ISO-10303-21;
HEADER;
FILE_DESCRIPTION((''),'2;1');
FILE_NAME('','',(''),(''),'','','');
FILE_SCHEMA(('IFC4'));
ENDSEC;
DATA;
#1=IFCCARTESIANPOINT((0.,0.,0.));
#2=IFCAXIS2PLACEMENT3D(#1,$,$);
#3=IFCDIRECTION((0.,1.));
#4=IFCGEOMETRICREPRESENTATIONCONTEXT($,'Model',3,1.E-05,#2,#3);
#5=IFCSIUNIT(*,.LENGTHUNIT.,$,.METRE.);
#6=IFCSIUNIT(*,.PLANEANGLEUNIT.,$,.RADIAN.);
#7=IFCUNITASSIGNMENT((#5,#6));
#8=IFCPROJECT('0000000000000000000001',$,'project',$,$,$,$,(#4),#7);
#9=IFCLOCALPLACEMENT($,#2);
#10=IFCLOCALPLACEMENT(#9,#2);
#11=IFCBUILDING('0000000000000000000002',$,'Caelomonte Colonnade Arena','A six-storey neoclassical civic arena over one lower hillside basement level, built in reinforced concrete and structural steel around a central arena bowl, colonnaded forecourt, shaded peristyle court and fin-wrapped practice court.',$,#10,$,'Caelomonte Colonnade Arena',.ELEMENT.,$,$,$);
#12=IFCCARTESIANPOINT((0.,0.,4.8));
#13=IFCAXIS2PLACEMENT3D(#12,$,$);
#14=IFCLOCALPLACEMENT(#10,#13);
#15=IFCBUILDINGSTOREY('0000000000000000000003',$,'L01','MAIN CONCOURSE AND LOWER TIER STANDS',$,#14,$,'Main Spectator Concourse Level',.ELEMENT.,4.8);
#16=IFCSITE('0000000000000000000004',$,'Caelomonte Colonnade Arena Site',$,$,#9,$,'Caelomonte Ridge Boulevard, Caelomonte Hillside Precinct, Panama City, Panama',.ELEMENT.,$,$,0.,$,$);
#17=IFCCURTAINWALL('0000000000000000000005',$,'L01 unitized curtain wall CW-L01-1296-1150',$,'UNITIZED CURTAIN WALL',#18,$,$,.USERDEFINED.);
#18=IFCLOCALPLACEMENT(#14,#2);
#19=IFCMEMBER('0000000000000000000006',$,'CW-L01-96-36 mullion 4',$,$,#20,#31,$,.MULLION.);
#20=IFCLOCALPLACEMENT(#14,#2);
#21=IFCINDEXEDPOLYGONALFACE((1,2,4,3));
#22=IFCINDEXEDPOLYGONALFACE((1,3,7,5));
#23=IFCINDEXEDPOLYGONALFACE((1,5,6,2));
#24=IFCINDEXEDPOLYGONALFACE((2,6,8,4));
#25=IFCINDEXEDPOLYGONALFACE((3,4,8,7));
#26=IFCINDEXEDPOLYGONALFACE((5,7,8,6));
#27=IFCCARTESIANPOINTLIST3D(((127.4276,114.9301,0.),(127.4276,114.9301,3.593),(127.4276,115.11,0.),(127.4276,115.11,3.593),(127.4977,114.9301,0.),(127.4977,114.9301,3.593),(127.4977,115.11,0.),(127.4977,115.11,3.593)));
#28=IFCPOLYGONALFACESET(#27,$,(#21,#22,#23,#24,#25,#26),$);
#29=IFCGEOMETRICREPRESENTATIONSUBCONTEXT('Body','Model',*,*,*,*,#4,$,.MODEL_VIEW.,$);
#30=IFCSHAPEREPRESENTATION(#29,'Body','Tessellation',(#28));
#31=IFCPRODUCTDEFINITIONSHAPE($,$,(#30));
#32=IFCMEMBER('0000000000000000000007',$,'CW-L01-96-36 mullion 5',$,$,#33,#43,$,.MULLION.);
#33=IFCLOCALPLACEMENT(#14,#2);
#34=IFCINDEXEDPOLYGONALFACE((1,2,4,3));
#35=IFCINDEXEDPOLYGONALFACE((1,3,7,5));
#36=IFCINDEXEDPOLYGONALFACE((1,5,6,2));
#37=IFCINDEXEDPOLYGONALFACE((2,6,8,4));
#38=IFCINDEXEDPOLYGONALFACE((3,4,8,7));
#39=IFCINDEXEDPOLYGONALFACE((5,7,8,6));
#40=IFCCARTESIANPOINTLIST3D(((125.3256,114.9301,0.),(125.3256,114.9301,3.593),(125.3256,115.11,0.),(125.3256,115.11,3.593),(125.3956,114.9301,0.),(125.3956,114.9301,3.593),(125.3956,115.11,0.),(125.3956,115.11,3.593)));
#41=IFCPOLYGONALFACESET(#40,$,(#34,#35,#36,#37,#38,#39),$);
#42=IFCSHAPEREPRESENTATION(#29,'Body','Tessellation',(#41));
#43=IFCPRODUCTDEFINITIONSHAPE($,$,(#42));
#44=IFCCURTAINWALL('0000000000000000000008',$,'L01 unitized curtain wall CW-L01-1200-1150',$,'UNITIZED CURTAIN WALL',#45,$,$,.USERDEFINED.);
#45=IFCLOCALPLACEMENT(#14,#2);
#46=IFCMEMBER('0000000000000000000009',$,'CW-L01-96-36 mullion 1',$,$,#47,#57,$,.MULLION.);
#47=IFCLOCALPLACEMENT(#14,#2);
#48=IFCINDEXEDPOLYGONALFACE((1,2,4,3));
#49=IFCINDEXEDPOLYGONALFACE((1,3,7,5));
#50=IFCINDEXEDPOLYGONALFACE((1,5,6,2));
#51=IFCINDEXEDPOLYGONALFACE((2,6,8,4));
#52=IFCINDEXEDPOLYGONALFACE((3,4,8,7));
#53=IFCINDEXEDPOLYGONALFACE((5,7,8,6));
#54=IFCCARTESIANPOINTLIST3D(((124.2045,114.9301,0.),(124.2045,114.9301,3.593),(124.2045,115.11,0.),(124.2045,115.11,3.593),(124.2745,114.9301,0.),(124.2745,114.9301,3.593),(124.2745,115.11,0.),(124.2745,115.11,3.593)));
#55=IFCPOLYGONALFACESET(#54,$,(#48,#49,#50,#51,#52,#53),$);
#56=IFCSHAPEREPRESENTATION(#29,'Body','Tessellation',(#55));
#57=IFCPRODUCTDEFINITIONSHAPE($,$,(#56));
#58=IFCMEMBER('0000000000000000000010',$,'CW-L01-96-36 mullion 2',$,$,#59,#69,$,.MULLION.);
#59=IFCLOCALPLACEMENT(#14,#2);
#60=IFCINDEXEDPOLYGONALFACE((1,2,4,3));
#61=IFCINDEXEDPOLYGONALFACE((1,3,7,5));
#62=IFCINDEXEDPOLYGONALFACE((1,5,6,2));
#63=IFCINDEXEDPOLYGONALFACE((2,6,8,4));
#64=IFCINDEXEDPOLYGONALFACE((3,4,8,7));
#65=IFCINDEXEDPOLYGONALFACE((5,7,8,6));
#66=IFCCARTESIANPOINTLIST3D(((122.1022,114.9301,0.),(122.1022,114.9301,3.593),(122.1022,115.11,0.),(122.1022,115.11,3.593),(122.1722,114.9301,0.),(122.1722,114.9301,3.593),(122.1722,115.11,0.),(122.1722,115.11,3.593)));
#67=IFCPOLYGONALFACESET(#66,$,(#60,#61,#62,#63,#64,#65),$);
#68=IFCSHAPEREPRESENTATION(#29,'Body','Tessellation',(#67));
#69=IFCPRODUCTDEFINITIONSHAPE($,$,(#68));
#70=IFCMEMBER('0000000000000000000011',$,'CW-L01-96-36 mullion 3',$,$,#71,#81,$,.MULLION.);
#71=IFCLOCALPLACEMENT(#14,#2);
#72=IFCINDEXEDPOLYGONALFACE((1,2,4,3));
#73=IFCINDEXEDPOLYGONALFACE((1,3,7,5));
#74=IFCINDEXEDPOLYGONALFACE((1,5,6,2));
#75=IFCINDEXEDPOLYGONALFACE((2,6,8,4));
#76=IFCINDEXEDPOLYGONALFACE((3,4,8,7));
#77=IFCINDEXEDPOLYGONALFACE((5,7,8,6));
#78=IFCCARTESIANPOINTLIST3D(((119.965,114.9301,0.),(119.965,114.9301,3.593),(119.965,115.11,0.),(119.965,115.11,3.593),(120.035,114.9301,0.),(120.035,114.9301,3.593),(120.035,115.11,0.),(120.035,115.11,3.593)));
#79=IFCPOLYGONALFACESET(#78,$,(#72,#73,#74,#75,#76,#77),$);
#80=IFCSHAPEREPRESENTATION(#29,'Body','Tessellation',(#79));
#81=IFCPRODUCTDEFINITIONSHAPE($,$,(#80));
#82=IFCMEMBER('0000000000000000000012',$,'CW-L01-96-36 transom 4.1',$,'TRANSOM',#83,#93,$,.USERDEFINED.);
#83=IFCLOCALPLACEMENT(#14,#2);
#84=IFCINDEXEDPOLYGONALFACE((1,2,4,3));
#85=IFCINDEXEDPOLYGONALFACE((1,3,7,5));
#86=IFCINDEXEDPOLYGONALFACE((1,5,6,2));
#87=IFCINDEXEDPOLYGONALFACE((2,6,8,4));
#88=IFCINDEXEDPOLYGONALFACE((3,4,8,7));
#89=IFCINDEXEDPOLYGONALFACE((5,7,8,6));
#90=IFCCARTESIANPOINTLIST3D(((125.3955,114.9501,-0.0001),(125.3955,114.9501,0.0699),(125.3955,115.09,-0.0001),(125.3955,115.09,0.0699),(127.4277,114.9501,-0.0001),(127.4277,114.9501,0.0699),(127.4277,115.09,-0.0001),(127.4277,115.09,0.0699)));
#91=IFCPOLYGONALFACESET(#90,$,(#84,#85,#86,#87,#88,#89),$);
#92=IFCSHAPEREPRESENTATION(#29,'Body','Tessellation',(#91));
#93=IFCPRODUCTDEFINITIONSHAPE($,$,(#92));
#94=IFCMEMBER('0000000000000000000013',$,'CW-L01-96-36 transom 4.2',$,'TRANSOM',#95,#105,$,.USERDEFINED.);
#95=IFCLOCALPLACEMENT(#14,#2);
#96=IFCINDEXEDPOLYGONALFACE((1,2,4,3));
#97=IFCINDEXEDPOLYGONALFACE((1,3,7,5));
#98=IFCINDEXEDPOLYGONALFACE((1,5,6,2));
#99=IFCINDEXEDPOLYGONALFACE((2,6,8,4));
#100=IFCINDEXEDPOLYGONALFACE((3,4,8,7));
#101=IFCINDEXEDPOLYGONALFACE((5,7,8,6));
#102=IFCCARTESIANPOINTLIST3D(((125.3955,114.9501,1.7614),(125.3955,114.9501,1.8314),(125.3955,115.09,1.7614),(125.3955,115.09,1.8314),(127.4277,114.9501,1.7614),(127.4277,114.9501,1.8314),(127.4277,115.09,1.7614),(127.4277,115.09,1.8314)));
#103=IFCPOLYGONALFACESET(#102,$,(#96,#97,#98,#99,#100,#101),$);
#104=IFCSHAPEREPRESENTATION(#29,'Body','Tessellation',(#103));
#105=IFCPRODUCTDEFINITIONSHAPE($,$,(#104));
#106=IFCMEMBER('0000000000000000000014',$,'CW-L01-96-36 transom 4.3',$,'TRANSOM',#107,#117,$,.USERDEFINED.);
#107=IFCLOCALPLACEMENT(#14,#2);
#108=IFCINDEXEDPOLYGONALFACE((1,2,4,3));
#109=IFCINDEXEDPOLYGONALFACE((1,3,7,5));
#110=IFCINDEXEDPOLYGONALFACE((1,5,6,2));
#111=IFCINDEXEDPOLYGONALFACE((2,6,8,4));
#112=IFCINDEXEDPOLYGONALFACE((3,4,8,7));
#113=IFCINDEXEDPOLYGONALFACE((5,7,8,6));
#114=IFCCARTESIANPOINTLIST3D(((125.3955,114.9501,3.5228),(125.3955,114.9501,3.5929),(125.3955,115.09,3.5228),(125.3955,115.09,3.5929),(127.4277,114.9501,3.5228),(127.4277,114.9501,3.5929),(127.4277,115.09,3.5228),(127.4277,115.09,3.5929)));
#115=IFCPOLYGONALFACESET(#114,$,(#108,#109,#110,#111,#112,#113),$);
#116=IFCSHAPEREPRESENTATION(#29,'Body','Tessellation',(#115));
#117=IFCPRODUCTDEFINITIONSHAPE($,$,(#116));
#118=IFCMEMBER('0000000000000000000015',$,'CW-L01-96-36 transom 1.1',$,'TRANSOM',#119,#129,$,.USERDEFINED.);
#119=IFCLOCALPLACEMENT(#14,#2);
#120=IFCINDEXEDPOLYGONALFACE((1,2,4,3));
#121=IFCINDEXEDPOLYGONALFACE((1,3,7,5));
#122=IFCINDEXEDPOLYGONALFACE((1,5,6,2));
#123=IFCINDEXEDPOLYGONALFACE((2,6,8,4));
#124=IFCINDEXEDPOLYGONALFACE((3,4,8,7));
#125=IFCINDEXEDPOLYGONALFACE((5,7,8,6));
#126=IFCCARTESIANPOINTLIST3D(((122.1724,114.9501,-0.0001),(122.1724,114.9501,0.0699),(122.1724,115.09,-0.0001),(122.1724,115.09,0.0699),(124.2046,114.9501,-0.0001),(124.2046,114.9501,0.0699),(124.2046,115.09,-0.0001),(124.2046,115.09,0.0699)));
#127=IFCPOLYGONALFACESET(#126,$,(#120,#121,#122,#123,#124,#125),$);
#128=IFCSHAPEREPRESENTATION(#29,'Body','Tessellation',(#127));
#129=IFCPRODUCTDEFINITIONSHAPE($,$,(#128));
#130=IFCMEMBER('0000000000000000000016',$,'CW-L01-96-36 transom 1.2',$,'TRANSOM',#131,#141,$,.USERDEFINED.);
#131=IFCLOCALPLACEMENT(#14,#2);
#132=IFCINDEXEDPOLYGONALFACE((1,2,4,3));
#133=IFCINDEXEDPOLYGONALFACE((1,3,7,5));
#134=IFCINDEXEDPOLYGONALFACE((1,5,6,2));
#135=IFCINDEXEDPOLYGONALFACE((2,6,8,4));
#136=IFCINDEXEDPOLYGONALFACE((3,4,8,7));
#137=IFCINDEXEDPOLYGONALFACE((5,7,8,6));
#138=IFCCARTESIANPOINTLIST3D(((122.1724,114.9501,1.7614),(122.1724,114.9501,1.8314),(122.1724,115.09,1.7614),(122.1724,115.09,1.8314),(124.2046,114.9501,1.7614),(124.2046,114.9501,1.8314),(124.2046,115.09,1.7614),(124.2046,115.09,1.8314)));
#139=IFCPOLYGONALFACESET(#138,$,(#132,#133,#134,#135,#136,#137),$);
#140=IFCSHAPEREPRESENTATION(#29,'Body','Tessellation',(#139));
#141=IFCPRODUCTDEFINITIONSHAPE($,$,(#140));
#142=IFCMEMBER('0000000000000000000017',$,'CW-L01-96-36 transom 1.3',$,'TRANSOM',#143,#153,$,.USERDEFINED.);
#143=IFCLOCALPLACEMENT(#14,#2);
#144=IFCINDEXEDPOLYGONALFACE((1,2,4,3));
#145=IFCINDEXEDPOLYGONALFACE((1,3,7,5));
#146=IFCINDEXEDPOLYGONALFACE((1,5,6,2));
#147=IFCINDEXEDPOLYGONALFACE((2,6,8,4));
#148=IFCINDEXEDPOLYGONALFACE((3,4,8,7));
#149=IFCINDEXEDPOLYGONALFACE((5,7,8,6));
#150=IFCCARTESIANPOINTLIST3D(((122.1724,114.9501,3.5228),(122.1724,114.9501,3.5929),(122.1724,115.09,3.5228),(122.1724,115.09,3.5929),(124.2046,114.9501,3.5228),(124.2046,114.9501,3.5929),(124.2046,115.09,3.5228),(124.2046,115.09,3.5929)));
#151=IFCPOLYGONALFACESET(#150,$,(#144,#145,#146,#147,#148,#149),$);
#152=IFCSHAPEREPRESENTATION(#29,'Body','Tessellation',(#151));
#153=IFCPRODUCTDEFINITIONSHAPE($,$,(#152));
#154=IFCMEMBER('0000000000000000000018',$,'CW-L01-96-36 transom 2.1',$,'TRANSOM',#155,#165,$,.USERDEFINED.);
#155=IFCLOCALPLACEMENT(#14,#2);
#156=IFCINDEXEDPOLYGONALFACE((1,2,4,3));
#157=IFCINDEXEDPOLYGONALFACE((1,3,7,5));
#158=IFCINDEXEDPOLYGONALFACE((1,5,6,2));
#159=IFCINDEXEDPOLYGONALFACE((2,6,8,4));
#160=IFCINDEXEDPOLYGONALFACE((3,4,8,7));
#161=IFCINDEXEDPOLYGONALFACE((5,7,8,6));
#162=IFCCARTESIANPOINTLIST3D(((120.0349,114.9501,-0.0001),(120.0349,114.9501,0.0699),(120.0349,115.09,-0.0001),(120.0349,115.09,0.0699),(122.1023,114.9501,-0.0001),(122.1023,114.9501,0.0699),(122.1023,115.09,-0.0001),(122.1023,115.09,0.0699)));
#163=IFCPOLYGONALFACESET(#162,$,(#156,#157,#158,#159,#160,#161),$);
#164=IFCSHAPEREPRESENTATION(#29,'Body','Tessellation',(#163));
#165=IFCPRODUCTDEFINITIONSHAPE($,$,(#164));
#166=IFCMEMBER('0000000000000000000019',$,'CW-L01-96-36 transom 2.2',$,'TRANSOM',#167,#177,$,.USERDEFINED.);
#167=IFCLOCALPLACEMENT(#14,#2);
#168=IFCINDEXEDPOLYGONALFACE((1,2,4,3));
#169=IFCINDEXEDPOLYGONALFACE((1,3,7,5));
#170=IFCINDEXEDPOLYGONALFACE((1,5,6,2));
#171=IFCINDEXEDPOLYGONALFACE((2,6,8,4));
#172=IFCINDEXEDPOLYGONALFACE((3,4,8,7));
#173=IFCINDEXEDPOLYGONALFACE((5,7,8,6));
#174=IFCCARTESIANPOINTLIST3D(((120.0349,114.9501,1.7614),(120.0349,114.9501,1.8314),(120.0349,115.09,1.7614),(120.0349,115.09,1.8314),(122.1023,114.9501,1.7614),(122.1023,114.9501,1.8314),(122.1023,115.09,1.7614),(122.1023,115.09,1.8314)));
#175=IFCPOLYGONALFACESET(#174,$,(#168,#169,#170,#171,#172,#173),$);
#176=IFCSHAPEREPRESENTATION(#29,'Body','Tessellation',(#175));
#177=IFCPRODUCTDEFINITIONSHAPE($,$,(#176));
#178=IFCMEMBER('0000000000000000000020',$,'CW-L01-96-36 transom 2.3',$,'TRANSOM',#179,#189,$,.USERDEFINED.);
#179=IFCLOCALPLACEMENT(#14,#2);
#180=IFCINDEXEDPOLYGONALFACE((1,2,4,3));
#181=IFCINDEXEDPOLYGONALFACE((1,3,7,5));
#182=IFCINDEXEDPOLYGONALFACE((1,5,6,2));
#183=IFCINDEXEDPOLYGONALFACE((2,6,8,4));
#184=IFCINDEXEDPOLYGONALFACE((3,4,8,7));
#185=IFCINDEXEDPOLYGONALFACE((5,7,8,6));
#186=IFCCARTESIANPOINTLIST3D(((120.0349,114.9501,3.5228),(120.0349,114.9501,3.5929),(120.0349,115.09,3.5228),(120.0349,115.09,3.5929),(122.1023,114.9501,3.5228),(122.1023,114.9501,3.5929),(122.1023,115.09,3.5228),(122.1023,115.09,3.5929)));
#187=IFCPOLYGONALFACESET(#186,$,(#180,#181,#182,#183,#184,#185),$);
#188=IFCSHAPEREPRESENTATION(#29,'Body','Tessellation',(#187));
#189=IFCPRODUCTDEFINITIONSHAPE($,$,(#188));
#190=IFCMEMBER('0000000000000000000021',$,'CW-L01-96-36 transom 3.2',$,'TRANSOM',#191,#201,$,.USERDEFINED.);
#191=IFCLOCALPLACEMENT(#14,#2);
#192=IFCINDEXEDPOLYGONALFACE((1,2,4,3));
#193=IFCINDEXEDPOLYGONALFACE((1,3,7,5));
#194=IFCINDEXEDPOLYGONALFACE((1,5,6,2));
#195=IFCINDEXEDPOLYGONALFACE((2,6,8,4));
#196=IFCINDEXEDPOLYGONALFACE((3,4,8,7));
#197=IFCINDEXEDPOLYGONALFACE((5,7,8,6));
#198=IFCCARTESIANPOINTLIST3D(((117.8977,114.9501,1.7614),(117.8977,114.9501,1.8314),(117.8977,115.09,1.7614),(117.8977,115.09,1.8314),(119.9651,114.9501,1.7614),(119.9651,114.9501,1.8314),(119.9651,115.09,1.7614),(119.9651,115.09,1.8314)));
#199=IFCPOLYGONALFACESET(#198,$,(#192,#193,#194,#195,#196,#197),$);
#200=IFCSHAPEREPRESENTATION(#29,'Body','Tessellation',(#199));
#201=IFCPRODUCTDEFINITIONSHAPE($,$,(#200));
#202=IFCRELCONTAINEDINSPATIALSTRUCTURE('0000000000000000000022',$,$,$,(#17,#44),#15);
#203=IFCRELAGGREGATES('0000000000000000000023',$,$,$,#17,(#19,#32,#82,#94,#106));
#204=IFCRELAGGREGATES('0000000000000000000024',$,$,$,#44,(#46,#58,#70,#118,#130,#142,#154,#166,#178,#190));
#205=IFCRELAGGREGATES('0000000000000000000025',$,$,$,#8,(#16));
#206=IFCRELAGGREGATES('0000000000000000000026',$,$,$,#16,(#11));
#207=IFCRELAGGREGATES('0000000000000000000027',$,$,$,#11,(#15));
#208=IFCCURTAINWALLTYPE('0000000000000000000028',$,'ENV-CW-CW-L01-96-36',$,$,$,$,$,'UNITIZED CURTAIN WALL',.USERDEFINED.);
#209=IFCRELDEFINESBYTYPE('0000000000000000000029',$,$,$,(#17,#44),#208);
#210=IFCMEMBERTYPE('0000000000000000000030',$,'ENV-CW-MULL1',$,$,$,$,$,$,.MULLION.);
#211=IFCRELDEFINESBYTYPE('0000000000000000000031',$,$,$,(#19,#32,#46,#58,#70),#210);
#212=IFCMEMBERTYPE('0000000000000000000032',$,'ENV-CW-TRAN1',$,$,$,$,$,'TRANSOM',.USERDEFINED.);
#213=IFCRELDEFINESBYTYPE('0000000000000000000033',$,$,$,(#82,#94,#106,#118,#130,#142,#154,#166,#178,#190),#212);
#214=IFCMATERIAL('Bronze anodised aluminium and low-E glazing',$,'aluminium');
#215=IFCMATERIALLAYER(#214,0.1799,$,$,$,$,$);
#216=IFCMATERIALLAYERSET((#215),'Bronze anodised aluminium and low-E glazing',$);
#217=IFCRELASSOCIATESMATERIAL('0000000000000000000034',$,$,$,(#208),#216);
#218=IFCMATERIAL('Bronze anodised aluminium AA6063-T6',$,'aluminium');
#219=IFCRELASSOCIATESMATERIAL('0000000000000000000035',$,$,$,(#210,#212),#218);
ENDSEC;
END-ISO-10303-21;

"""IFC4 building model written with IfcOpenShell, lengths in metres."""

from ifc_helpers import new_model, si_unit, direction, frame, origin, origin_2d, place, context, subcontext, project, spatial, rectangle, extrude, material, layer, layer_set, material_profile, profile_set, type_object, element, aggregate, save


model = new_model("IFC4")

# Units and contexts
model_context = context("Model", 3, precision=1e-05, world=origin(), true_north=direction((0.0, 1.0)))
body_context = subcontext(model_context, "Body", "Model", "MODEL_VIEW")
ifc_project = project(units=[si_unit("LENGTHUNIT", "METRE"), si_unit("PLANEANGLEUNIT", "RADIAN")], contexts=[model_context])

# Site, building, storey
site_placement = place(None, origin())
site = spatial("IfcSite", under=ifc_project, at=site_placement, Name="Caelomonte Colonnade Arena Site", LongName="Caelomonte Ridge Boulevard, Caelomonte Hillside Precinct, Panama City, Panama", CompositionType="ELEMENT", RefElevation=0.0)
building_placement = place(site_placement, origin())
building = spatial("IfcBuilding", under=site, at=building_placement, Name="Caelomonte Colonnade Arena", Description="A six-storey neoclassical civic arena over one lower hillside basement level, built in reinforced concrete and structural steel around a central arena bowl, colonnaded forecourt, shaded peristyle court and fin-wrapped practice court.", LongName="Caelomonte Colonnade Arena", CompositionType="ELEMENT")
storey_placement = place(building_placement, frame((0.0, 0.0, 4.8)))
storey = spatial("IfcBuildingStorey", under=building, at=storey_placement, Name="L01", Description="MAIN CONCOURSE AND LOWER TIER STANDS", LongName="Main Spectator Concourse Level", CompositionType="ELEMENT", Elevation=4.8)

# Curtain walls, members
ifc_material_1 = material(Name="Bronze anodised aluminium and low-E glazing", Category="aluminium")
ifc_layer_1 = layer(ifc_material_1, 0.1799)
ifc_layer_set_1 = layer_set([ifc_layer_1], Name="Bronze anodised aluminium and low-E glazing")
curtain_wall_type = type_object("IfcCurtainWallType", Name="ENV-CW-CW-L01-96-36", ElementType="UNITIZED CURTAIN WALL", PredefinedType="USERDEFINED", material=ifc_layer_set_1)
curtain_wall_1_placement = place(storey_placement, origin())
curtain_wall_1 = element("IfcCurtainWall", 1, at=curtain_wall_1_placement, inside=storey, type_object=curtain_wall_type, Name="L01 unitized curtain wall CW-L01-1296-1150", ObjectType="UNITIZED CURTAIN WALL", PredefinedType="USERDEFINED")
ifc_material_2 = material(Name="Bronze anodised aluminium AA6063-T6", Category="aluminium")
ifc_material_profile_1 = material_profile(ifc_material_2, rectangle(XDim=0.0701, YDim=0.1799, at=origin_2d()), Name="CWM-70X180")
ifc_profile_set_1 = profile_set([ifc_material_profile_1], Name="Bronze anodised aluminium AA6063-T6")
member_type_1 = type_object("IfcMemberType", Name="ENV-CW-MULL1", PredefinedType="MULLION", material=ifc_profile_set_1)
member_1_placement = place(storey_placement, frame((127.4626, 115.02, 0.0), z_axis=(0.0, 0.0, 1.0), x_axis=(-1.0, 0.0, 0.0)))
member_1 = element("IfcMember", 2, at=member_1_placement, type_object=member_type_1, Name="CW-L01-96-36 mullion 4", PredefinedType="MULLION", context=body_context, shape_type="SweptSolid", body=[
    extrude(rectangle(XDim=0.0701, YDim=0.1799, at=origin_2d()), origin(), (0.0, 0.0, 1.0), 3.593),
])
member_2_placement = place(storey_placement, frame((125.3606, 115.02, 0.0), z_axis=(0.0, 0.0, 1.0), x_axis=(-1.0, 0.0, 0.0)))
member_2 = element("IfcMember", 3, at=member_2_placement, type_object=member_type_1, Name="CW-L01-96-36 mullion 5", PredefinedType="MULLION", context=body_context, shape_type="SweptSolid", body=[
    extrude(rectangle(XDim=0.0701, YDim=0.1799, at=origin_2d()), origin(), (0.0, 0.0, 1.0), 3.593),
])
curtain_wall_2_placement = place(storey_placement, origin())
curtain_wall_2 = element("IfcCurtainWall", 4, at=curtain_wall_2_placement, inside=storey, type_object=curtain_wall_type, Name="L01 unitized curtain wall CW-L01-1200-1150", ObjectType="UNITIZED CURTAIN WALL", PredefinedType="USERDEFINED")
member_3_placement = place(storey_placement, frame((124.2395, 115.02, 0.0), z_axis=(0.0, 0.0, 1.0), x_axis=(-1.0, 0.0, 0.0)))
member_3 = element("IfcMember", 5, at=member_3_placement, type_object=member_type_1, Name="CW-L01-96-36 mullion 1", PredefinedType="MULLION", context=body_context, shape_type="SweptSolid", body=[
    extrude(rectangle(XDim=0.0701, YDim=0.1799, at=origin_2d()), origin(), (0.0, 0.0, 1.0), 3.593),
])
member_4_placement = place(storey_placement, frame((122.1372, 115.02, 0.0), z_axis=(0.0, 0.0, 1.0), x_axis=(-1.0, 0.0, 0.0)))
member_4 = element("IfcMember", 6, at=member_4_placement, type_object=member_type_1, Name="CW-L01-96-36 mullion 2", PredefinedType="MULLION", context=body_context, shape_type="SweptSolid", body=[
    extrude(rectangle(XDim=0.0701, YDim=0.1799, at=origin_2d()), origin(), (0.0, 0.0, 1.0), 3.593),
])
member_5_placement = place(storey_placement, frame((120.0, 115.02, 0.0), z_axis=(0.0, 0.0, 1.0), x_axis=(-1.0, 0.0, 0.0)))
member_5 = element("IfcMember", 7, at=member_5_placement, type_object=member_type_1, Name="CW-L01-96-36 mullion 3", PredefinedType="MULLION", context=body_context, shape_type="SweptSolid", body=[
    extrude(rectangle(XDim=0.0701, YDim=0.1799, at=origin_2d()), origin(), (0.0, 0.0, 1.0), 3.593),
])

# Members
ifc_material_profile_2 = material_profile(ifc_material_2, rectangle(XDim=0.0701, YDim=0.1399, at=origin_2d()), Name="CWT-70X140")
ifc_profile_set_2 = profile_set([ifc_material_profile_2], Name="Bronze anodised aluminium AA6063-T6")
member_type_2 = type_object("IfcMemberType", Name="ENV-CW-TRAN1", ElementType="TRANSOM", PredefinedType="USERDEFINED", material=ifc_profile_set_2)
member_6_placement = place(storey_placement, frame((127.4277, 115.02, 0.0349), z_axis=(-1.0, 0.0, 0.0), x_axis=(0.0, 0.0, 1.0)))
member_6 = element("IfcMember", 8, at=member_6_placement, type_object=member_type_2, Name="CW-L01-96-36 transom 4.1", ObjectType="TRANSOM", PredefinedType="USERDEFINED", context=body_context, shape_type="SweptSolid", body=[
    extrude(rectangle(XDim=0.0701, YDim=0.1399, at=origin_2d()), origin(), (0.0, 0.0, 1.0), 2.0322),
])
member_7_placement = place(storey_placement, frame((127.4277, 115.02, 1.7964), z_axis=(-1.0, 0.0, 0.0), x_axis=(0.0, 0.0, 1.0)))
member_7 = element("IfcMember", 9, at=member_7_placement, type_object=member_type_2, Name="CW-L01-96-36 transom 4.2", ObjectType="TRANSOM", PredefinedType="USERDEFINED", context=body_context, shape_type="SweptSolid", body=[
    extrude(rectangle(XDim=0.0701, YDim=0.1399, at=origin_2d()), origin(), (0.0, 0.0, 1.0), 2.0322),
])
member_8_placement = place(storey_placement, frame((127.4277, 115.02, 3.5579), z_axis=(-1.0, 0.0, 0.0), x_axis=(0.0, 0.0, 1.0)))
member_8 = element("IfcMember", 10, at=member_8_placement, type_object=member_type_2, Name="CW-L01-96-36 transom 4.3", ObjectType="TRANSOM", PredefinedType="USERDEFINED", context=body_context, shape_type="SweptSolid", body=[
    extrude(rectangle(XDim=0.0701, YDim=0.1399, at=origin_2d()), origin(), (0.0, 0.0, 1.0), 2.0322),
])
member_9_placement = place(storey_placement, frame((124.2046, 115.02, 0.0349), z_axis=(-1.0, 0.0, 0.0), x_axis=(0.0, 0.0, 1.0)))
member_9 = element("IfcMember", 11, at=member_9_placement, type_object=member_type_2, Name="CW-L01-96-36 transom 1.1", ObjectType="TRANSOM", PredefinedType="USERDEFINED", context=body_context, shape_type="SweptSolid", body=[
    extrude(rectangle(XDim=0.0701, YDim=0.1399, at=origin_2d()), origin(), (0.0, 0.0, 1.0), 2.0322),
])
member_10_placement = place(storey_placement, frame((124.2046, 115.02, 1.7964), z_axis=(-1.0, 0.0, 0.0), x_axis=(0.0, 0.0, 1.0)))
member_10 = element("IfcMember", 12, at=member_10_placement, type_object=member_type_2, Name="CW-L01-96-36 transom 1.2", ObjectType="TRANSOM", PredefinedType="USERDEFINED", context=body_context, shape_type="SweptSolid", body=[
    extrude(rectangle(XDim=0.0701, YDim=0.1399, at=origin_2d()), origin(), (0.0, 0.0, 1.0), 2.0322),
])
member_11_placement = place(storey_placement, frame((124.2046, 115.02, 3.5579), z_axis=(-1.0, 0.0, 0.0), x_axis=(0.0, 0.0, 1.0)))
member_11 = element("IfcMember", 13, at=member_11_placement, type_object=member_type_2, Name="CW-L01-96-36 transom 1.3", ObjectType="TRANSOM", PredefinedType="USERDEFINED", context=body_context, shape_type="SweptSolid", body=[
    extrude(rectangle(XDim=0.0701, YDim=0.1399, at=origin_2d()), origin(), (0.0, 0.0, 1.0), 2.0322),
])
member_12_placement = place(storey_placement, frame((122.1023, 115.02, 0.0349), z_axis=(-1.0, 0.0, 0.0), x_axis=(0.0, 0.0, 1.0)))
member_12 = element("IfcMember", 14, at=member_12_placement, type_object=member_type_2, Name="CW-L01-96-36 transom 2.1", ObjectType="TRANSOM", PredefinedType="USERDEFINED", context=body_context, shape_type="SweptSolid", body=[
    extrude(rectangle(XDim=0.0701, YDim=0.1399, at=origin_2d()), origin(), (0.0, 0.0, 1.0), 2.0674),
])
member_13_placement = place(storey_placement, frame((122.1023, 115.02, 1.7964), z_axis=(-1.0, 0.0, 0.0), x_axis=(0.0, 0.0, 1.0)))
member_13 = element("IfcMember", 15, at=member_13_placement, type_object=member_type_2, Name="CW-L01-96-36 transom 2.2", ObjectType="TRANSOM", PredefinedType="USERDEFINED", context=body_context, shape_type="SweptSolid", body=[
    extrude(rectangle(XDim=0.0701, YDim=0.1399, at=origin_2d()), origin(), (0.0, 0.0, 1.0), 2.0674),
])
member_14_placement = place(storey_placement, frame((122.1023, 115.02, 3.5579), z_axis=(-1.0, 0.0, 0.0), x_axis=(0.0, 0.0, 1.0)))
member_14 = element("IfcMember", 16, at=member_14_placement, type_object=member_type_2, Name="CW-L01-96-36 transom 2.3", ObjectType="TRANSOM", PredefinedType="USERDEFINED", context=body_context, shape_type="SweptSolid", body=[
    extrude(rectangle(XDim=0.0701, YDim=0.1399, at=origin_2d()), origin(), (0.0, 0.0, 1.0), 2.0674),
])
member_15_placement = place(storey_placement, frame((119.9651, 115.02, 1.7964), z_axis=(-1.0, 0.0, 0.0), x_axis=(0.0, 0.0, 1.0)))
member_15 = element("IfcMember", 17, at=member_15_placement, type_object=member_type_2, Name="CW-L01-96-36 transom 3.2", ObjectType="TRANSOM", PredefinedType="USERDEFINED", context=body_context, shape_type="SweptSolid", body=[
    extrude(rectangle(XDim=0.0701, YDim=0.1399, at=origin_2d()), origin(), (0.0, 0.0, 1.0), 2.0674),
])

aggregate(curtain_wall_1, [member_1, member_2, member_6, member_7, member_8])
aggregate(curtain_wall_2, [member_3, member_4, member_5, member_9, member_10, member_11, member_12, member_13, member_14, member_15])

save(model, "model.ifc")
